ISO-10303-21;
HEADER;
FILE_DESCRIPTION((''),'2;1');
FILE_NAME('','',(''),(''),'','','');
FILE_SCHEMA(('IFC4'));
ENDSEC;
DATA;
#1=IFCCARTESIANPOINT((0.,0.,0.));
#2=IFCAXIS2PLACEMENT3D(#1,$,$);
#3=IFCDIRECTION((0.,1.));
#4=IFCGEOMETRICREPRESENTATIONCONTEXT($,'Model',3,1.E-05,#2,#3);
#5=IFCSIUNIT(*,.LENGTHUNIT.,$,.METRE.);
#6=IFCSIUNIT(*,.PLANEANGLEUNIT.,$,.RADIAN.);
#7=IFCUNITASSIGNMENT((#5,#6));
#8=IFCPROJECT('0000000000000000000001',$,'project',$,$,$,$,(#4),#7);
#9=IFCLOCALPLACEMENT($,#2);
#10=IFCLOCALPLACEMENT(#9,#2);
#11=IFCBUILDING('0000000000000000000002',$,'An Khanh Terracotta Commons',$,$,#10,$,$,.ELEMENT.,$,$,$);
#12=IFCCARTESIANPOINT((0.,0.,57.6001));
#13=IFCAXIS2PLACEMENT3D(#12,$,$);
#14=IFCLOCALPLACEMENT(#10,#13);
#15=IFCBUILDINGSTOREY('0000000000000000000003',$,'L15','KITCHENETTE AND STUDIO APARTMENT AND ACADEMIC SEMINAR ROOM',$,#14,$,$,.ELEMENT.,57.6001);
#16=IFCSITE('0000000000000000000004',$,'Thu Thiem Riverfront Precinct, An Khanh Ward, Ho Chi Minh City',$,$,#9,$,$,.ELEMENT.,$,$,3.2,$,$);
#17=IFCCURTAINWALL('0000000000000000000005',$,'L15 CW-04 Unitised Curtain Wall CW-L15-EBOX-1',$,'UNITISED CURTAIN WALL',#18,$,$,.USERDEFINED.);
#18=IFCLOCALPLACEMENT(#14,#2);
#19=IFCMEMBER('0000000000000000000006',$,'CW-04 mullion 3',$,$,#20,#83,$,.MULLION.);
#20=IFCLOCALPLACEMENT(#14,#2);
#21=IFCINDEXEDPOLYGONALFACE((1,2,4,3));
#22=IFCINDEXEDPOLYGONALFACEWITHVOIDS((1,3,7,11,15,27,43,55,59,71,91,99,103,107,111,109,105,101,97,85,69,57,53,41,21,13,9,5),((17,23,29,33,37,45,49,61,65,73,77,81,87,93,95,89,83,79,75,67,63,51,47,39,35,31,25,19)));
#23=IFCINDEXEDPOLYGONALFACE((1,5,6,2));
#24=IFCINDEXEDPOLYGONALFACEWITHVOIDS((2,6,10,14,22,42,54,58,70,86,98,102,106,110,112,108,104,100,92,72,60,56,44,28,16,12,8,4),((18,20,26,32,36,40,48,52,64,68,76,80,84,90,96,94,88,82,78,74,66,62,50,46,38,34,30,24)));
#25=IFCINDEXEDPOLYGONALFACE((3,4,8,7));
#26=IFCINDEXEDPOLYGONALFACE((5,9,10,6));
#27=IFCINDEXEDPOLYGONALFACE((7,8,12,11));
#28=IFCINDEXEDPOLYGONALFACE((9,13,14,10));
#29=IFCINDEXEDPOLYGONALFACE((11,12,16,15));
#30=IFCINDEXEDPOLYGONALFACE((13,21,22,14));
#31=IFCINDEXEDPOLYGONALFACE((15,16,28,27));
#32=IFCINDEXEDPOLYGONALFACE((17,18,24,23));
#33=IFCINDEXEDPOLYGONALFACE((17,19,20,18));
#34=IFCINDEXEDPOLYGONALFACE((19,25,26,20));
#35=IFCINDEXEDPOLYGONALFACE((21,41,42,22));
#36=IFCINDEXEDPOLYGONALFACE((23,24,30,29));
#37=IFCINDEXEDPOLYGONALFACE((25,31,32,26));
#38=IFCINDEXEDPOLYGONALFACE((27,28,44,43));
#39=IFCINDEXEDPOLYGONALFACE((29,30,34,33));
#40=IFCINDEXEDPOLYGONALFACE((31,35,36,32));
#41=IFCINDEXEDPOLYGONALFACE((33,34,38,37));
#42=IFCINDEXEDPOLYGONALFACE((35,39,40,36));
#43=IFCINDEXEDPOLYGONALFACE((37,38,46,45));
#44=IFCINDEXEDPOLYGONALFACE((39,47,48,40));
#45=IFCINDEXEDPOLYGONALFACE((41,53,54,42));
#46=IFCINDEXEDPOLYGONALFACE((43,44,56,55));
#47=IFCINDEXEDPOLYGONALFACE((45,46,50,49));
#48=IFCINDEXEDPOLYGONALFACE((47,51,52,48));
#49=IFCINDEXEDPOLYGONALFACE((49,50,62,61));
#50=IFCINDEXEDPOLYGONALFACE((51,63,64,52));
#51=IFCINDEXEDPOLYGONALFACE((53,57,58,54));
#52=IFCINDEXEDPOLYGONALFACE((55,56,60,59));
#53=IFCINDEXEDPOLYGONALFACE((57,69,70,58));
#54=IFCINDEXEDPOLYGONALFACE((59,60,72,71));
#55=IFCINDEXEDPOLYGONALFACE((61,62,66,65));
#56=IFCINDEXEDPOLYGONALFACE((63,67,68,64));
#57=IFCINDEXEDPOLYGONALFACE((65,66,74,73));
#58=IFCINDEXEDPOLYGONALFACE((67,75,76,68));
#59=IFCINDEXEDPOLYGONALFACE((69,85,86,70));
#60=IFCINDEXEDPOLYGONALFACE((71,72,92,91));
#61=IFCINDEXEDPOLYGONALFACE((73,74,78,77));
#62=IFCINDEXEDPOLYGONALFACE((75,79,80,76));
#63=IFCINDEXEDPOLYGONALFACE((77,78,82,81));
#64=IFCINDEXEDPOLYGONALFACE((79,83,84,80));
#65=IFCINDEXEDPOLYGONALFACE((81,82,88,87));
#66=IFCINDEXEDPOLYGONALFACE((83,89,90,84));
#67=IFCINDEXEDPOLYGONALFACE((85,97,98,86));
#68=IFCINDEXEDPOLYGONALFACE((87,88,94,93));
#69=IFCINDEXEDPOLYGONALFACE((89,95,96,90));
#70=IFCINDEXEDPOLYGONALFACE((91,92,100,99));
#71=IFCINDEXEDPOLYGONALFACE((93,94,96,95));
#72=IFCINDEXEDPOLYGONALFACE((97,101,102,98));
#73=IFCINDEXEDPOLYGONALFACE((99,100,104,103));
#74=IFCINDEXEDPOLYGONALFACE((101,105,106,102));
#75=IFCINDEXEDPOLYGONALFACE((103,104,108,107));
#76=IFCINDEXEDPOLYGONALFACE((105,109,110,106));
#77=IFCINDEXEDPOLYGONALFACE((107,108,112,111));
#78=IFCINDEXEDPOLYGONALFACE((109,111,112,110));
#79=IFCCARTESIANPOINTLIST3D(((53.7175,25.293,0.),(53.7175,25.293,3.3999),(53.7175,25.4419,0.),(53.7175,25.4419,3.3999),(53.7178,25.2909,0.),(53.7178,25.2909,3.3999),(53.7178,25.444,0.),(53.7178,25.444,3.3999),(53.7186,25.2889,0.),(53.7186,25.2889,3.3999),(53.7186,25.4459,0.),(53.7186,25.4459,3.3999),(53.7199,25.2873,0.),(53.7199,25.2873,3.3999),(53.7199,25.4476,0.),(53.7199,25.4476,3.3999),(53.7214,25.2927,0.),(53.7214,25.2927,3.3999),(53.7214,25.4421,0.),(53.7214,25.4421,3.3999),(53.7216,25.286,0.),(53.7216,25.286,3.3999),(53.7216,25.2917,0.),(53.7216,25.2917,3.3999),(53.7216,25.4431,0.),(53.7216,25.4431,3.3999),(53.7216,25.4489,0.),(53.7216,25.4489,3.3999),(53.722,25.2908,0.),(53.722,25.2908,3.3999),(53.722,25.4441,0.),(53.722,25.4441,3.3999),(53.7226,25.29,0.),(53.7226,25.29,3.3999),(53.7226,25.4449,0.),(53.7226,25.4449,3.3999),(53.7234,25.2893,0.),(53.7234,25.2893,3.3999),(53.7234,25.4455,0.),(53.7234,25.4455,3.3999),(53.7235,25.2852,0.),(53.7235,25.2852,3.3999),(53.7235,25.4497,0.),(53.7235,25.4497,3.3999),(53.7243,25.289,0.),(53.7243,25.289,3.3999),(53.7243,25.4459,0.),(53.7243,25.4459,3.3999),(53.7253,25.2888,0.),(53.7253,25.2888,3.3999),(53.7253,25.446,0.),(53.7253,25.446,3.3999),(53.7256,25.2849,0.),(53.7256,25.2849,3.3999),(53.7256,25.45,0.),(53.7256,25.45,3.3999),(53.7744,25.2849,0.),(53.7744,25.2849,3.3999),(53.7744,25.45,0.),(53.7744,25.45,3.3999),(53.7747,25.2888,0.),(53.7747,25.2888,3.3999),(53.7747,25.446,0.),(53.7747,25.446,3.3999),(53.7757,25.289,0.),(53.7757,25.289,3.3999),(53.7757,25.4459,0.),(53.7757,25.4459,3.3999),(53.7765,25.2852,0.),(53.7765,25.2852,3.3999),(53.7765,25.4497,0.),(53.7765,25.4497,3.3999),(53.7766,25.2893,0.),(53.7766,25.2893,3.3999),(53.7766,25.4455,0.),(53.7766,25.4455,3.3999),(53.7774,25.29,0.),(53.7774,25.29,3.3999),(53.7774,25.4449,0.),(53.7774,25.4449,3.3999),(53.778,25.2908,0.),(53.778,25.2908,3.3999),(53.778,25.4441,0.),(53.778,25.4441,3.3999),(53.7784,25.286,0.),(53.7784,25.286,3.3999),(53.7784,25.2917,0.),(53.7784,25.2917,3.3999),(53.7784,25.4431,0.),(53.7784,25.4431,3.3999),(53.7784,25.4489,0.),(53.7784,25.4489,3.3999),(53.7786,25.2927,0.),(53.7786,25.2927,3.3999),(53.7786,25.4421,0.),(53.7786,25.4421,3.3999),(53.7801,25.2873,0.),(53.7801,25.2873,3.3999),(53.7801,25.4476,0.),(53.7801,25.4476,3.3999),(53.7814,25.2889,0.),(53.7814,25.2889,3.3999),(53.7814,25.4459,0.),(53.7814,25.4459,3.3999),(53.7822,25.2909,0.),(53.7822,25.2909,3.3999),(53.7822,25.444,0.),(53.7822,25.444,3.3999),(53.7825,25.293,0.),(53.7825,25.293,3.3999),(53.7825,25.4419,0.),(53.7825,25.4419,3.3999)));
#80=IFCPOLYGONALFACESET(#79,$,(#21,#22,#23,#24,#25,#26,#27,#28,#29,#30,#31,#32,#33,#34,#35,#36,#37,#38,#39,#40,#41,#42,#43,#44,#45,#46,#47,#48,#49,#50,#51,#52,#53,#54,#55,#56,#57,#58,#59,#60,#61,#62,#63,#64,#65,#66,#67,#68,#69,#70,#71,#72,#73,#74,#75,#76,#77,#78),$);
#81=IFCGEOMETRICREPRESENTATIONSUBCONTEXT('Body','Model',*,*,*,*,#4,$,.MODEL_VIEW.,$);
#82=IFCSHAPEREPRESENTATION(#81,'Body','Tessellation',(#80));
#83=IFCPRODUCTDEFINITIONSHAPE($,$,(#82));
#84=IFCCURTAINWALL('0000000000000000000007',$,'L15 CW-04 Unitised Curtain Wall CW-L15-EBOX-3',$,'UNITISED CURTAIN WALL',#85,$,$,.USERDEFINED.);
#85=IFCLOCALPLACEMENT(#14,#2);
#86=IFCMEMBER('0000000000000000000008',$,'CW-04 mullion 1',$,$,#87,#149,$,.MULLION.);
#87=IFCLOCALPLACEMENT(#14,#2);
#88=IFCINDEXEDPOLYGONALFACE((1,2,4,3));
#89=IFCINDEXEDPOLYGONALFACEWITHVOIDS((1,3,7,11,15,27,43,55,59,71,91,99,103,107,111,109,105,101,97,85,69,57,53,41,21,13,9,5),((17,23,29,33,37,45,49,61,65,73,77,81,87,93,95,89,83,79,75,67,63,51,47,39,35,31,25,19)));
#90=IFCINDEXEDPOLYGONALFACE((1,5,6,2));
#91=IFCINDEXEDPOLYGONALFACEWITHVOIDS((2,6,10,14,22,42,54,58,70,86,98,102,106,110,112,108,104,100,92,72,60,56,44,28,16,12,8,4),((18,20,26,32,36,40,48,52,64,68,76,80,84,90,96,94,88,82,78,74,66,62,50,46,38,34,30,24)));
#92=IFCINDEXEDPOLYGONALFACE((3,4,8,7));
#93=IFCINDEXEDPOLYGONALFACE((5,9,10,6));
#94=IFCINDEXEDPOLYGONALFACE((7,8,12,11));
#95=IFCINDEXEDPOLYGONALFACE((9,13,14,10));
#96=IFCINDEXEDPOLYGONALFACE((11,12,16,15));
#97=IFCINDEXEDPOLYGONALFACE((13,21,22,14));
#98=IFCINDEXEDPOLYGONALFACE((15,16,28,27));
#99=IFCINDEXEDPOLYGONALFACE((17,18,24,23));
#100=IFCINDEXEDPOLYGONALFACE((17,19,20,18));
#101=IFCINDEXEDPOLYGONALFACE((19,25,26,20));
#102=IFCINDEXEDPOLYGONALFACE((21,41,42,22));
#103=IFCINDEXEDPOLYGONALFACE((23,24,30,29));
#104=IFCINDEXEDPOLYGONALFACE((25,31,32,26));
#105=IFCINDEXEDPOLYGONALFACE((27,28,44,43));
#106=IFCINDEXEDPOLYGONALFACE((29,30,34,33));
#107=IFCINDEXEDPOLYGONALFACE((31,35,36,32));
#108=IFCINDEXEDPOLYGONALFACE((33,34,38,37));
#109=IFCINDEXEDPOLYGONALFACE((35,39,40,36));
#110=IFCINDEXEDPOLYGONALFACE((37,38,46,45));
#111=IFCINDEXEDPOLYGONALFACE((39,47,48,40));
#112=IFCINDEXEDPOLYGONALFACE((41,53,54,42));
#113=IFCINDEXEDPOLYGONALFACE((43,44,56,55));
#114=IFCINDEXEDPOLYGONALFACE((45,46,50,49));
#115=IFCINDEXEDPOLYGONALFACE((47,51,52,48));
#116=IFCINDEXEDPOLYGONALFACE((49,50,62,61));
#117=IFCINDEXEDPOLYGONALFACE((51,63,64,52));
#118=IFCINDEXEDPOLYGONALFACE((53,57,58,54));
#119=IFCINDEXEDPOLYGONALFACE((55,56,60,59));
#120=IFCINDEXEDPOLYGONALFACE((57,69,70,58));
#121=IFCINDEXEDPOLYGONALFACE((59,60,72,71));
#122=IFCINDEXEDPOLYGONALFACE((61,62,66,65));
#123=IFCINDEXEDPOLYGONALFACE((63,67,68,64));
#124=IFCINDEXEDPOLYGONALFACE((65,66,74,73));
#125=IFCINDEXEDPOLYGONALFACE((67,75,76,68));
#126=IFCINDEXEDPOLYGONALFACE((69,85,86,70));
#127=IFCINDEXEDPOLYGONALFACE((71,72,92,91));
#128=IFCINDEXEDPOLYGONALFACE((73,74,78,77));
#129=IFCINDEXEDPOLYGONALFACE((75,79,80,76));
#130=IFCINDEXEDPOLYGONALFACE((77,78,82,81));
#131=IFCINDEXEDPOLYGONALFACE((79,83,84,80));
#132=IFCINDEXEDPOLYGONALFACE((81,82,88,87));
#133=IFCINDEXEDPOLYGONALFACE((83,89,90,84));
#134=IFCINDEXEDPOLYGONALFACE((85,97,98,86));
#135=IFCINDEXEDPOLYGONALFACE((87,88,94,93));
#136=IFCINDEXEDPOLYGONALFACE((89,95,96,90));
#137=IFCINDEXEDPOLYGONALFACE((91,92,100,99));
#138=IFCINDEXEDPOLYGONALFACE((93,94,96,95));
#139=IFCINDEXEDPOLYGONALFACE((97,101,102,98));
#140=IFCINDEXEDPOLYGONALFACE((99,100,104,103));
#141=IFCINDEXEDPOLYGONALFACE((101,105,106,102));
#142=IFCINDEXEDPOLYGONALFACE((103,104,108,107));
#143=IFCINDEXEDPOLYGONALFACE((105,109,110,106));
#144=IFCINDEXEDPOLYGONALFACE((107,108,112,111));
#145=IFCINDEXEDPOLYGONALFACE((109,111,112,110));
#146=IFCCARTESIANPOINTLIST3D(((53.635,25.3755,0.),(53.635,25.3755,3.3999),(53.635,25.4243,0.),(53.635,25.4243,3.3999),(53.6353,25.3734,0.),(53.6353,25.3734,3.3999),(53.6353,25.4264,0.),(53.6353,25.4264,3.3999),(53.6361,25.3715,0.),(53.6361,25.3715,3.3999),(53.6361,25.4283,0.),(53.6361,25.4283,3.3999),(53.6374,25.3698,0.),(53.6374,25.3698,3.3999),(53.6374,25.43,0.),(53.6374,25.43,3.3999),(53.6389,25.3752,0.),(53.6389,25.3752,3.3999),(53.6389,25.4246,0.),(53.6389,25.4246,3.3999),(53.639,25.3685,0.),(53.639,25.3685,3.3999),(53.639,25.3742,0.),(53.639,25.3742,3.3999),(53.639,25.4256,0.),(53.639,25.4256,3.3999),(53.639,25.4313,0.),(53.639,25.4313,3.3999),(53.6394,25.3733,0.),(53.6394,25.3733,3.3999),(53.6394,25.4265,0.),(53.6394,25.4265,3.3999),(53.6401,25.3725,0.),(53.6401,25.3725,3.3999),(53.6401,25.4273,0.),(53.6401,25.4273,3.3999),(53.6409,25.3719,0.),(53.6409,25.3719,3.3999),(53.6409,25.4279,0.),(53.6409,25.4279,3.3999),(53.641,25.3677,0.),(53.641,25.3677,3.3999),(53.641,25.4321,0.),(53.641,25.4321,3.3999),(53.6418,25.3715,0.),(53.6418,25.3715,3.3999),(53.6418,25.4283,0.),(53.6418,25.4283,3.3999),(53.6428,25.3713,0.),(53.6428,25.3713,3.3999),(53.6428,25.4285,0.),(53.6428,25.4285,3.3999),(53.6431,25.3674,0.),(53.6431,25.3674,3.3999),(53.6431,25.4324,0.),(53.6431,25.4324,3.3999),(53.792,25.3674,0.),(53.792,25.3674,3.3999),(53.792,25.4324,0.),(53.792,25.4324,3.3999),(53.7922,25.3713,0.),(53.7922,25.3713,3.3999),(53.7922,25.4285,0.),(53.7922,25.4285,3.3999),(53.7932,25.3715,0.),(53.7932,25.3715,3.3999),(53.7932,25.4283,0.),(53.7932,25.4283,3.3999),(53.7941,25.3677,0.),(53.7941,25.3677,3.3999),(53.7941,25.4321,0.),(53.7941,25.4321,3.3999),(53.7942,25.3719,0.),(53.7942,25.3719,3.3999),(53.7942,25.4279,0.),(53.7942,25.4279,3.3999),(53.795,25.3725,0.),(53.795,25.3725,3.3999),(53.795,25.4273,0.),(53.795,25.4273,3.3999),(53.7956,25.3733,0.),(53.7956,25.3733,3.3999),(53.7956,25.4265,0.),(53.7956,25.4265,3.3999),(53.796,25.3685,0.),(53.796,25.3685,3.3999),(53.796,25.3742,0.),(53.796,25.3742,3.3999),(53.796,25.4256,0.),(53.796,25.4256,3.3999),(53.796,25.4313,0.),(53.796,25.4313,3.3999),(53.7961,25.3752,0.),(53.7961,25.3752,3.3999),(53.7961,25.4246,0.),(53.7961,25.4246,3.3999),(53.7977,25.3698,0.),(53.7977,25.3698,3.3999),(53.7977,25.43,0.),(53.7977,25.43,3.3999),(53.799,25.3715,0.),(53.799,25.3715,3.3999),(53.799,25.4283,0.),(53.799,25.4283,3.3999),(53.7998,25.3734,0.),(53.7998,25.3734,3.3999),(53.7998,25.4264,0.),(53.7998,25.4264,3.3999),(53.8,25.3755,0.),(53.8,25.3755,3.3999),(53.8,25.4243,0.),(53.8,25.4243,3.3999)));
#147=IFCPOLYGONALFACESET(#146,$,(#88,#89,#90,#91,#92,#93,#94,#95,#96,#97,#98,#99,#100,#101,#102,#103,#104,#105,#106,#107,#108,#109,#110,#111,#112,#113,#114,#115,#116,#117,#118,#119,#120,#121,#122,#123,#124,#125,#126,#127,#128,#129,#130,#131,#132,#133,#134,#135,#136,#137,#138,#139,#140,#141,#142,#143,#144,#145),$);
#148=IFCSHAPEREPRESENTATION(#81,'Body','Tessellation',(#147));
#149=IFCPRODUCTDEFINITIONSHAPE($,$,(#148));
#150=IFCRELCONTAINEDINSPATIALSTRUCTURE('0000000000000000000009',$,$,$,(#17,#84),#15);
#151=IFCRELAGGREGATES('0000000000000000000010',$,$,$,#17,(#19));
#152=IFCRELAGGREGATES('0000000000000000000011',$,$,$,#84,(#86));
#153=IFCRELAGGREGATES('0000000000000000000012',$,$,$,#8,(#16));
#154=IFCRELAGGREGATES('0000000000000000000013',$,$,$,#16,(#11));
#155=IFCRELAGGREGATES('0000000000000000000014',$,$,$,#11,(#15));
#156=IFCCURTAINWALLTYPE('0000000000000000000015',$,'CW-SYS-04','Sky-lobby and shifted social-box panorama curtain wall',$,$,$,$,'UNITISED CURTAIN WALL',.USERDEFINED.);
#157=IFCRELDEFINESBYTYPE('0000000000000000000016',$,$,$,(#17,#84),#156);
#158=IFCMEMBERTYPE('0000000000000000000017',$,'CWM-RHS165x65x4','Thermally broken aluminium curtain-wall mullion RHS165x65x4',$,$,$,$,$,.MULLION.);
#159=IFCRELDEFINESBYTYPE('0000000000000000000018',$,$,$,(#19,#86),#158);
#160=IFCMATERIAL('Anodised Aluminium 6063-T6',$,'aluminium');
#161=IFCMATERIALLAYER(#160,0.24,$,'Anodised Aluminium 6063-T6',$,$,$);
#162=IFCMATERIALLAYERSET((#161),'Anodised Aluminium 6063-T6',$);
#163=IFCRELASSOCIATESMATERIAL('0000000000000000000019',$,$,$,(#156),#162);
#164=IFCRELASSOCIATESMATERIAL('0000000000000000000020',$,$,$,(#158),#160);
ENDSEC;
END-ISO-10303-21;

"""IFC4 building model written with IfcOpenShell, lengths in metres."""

from ifc_helpers import new_model, si_unit, direction, frame, origin, origin_2d, place, context, subcontext, project, spatial, hollow_rectangle, extrude, material, layer, layer_set, material_profile, profile_set, type_object, element, aggregate, save


model = new_model("IFC4")

# Units and contexts
model_context = context("Model", 3, precision=1e-05, world=origin(), true_north=direction((0.0, 1.0)))
body_context = subcontext(model_context, "Body", "Model", "MODEL_VIEW")
ifc_project = project(units=[si_unit("LENGTHUNIT", "METRE"), si_unit("PLANEANGLEUNIT", "RADIAN")], contexts=[model_context])

# Site, building, storey
site_placement = place(None, origin())
site = spatial("IfcSite", under=ifc_project, at=site_placement, Name="Thu Thiem Riverfront Precinct, An Khanh Ward, Ho Chi Minh City", CompositionType="ELEMENT", RefElevation=3.2)
building_placement = place(site_placement, origin())
building = spatial("IfcBuilding", under=site, at=building_placement, Name="An Khanh Terracotta Commons", CompositionType="ELEMENT")
storey_placement = place(building_placement, frame((0.0, 0.0, 57.6001)))
storey = spatial("IfcBuildingStorey", under=building, at=storey_placement, Name="L15", Description="KITCHENETTE AND STUDIO APARTMENT AND ACADEMIC SEMINAR ROOM", CompositionType="ELEMENT", Elevation=57.6001)

# Curtain wall, member
ifc_material_1 = material(Name="Anodised Aluminium 6063-T6", Category="aluminium")
ifc_layer_1 = layer(ifc_material_1, 0.24, Name="Anodised Aluminium 6063-T6")
ifc_layer_set_1 = layer_set([ifc_layer_1], Name="Anodised Aluminium 6063-T6")
curtain_wall_type = type_object("IfcCurtainWallType", Name="CW-SYS-04", Description="Sky-lobby and shifted social-box panorama curtain wall", ElementType="UNITISED CURTAIN WALL", PredefinedType="USERDEFINED", material=ifc_layer_set_1)
curtain_wall_1_placement = place(storey_placement, origin())
curtain_wall_1 = element("IfcCurtainWall", 1, at=curtain_wall_1_placement, inside=storey, type_object=curtain_wall_type, Name="L15 CW-04 Unitised Curtain Wall CW-L15-EBOX-1", ObjectType="UNITISED CURTAIN WALL", PredefinedType="USERDEFINED")
ifc_material_profile_1 = material_profile(ifc_material_1, hollow_rectangle(XDim=0.0649, YDim=0.165, WallThickness=0.0039, InnerFilletRadius=0.0039, OuterFilletRadius=0.0081, at=origin_2d()), Name="RHS165x65x4")
ifc_profile_set_1 = profile_set([ifc_material_profile_1], Name="Anodised Aluminium 6063-T6")
member_type_1 = type_object("IfcMemberType", Name="CWM-RHS165x65x4", Description="Thermally broken aluminium curtain-wall mullion RHS165x65x4", PredefinedType="MULLION", material=ifc_profile_set_1)
member_1_placement = place(storey_placement, frame((53.75, 25.3674, 0.0), z_axis=(0.0, 0.0, 1.0), x_axis=(-1.0, 0.0, 0.0)))
member_1 = element("IfcMember", 2, at=member_1_placement, type_object=member_type_1, Name="CW-04 mullion 3", PredefinedType="MULLION", context=body_context, shape_type="SweptSolid", body=[
    extrude(hollow_rectangle(XDim=0.0649, YDim=0.165, WallThickness=0.0039, InnerFilletRadius=0.0039, OuterFilletRadius=0.0081, at=origin_2d()), origin(), (0.0, 0.0, 1.0), 3.3999),
])

# Curtain wall, member
curtain_wall_2_placement = place(storey_placement, origin())
curtain_wall_2 = element("IfcCurtainWall", 3, at=curtain_wall_2_placement, inside=storey, type_object=curtain_wall_type, Name="L15 CW-04 Unitised Curtain Wall CW-L15-EBOX-3", ObjectType="UNITISED CURTAIN WALL", PredefinedType="USERDEFINED")
member_2_placement = place(storey_placement, frame((53.7175, 25.3999, 0.0), z_axis=(0.0, 0.0, 1.0), x_axis=(0.0, -1.0, 0.0)))
member_2 = element("IfcMember", 4, at=member_2_placement, type_object=member_type_1, Name="CW-04 mullion 1", PredefinedType="MULLION", context=body_context, shape_type="SweptSolid", body=[
    extrude(hollow_rectangle(XDim=0.0649, YDim=0.165, WallThickness=0.0039, InnerFilletRadius=0.0039, OuterFilletRadius=0.0081, at=origin_2d()), origin(), (0.0, 0.0, 1.0), 3.3999),
])

aggregate(curtain_wall_1, [member_1])
aggregate(curtain_wall_2, [member_2])

save(model, "model.ifc")
